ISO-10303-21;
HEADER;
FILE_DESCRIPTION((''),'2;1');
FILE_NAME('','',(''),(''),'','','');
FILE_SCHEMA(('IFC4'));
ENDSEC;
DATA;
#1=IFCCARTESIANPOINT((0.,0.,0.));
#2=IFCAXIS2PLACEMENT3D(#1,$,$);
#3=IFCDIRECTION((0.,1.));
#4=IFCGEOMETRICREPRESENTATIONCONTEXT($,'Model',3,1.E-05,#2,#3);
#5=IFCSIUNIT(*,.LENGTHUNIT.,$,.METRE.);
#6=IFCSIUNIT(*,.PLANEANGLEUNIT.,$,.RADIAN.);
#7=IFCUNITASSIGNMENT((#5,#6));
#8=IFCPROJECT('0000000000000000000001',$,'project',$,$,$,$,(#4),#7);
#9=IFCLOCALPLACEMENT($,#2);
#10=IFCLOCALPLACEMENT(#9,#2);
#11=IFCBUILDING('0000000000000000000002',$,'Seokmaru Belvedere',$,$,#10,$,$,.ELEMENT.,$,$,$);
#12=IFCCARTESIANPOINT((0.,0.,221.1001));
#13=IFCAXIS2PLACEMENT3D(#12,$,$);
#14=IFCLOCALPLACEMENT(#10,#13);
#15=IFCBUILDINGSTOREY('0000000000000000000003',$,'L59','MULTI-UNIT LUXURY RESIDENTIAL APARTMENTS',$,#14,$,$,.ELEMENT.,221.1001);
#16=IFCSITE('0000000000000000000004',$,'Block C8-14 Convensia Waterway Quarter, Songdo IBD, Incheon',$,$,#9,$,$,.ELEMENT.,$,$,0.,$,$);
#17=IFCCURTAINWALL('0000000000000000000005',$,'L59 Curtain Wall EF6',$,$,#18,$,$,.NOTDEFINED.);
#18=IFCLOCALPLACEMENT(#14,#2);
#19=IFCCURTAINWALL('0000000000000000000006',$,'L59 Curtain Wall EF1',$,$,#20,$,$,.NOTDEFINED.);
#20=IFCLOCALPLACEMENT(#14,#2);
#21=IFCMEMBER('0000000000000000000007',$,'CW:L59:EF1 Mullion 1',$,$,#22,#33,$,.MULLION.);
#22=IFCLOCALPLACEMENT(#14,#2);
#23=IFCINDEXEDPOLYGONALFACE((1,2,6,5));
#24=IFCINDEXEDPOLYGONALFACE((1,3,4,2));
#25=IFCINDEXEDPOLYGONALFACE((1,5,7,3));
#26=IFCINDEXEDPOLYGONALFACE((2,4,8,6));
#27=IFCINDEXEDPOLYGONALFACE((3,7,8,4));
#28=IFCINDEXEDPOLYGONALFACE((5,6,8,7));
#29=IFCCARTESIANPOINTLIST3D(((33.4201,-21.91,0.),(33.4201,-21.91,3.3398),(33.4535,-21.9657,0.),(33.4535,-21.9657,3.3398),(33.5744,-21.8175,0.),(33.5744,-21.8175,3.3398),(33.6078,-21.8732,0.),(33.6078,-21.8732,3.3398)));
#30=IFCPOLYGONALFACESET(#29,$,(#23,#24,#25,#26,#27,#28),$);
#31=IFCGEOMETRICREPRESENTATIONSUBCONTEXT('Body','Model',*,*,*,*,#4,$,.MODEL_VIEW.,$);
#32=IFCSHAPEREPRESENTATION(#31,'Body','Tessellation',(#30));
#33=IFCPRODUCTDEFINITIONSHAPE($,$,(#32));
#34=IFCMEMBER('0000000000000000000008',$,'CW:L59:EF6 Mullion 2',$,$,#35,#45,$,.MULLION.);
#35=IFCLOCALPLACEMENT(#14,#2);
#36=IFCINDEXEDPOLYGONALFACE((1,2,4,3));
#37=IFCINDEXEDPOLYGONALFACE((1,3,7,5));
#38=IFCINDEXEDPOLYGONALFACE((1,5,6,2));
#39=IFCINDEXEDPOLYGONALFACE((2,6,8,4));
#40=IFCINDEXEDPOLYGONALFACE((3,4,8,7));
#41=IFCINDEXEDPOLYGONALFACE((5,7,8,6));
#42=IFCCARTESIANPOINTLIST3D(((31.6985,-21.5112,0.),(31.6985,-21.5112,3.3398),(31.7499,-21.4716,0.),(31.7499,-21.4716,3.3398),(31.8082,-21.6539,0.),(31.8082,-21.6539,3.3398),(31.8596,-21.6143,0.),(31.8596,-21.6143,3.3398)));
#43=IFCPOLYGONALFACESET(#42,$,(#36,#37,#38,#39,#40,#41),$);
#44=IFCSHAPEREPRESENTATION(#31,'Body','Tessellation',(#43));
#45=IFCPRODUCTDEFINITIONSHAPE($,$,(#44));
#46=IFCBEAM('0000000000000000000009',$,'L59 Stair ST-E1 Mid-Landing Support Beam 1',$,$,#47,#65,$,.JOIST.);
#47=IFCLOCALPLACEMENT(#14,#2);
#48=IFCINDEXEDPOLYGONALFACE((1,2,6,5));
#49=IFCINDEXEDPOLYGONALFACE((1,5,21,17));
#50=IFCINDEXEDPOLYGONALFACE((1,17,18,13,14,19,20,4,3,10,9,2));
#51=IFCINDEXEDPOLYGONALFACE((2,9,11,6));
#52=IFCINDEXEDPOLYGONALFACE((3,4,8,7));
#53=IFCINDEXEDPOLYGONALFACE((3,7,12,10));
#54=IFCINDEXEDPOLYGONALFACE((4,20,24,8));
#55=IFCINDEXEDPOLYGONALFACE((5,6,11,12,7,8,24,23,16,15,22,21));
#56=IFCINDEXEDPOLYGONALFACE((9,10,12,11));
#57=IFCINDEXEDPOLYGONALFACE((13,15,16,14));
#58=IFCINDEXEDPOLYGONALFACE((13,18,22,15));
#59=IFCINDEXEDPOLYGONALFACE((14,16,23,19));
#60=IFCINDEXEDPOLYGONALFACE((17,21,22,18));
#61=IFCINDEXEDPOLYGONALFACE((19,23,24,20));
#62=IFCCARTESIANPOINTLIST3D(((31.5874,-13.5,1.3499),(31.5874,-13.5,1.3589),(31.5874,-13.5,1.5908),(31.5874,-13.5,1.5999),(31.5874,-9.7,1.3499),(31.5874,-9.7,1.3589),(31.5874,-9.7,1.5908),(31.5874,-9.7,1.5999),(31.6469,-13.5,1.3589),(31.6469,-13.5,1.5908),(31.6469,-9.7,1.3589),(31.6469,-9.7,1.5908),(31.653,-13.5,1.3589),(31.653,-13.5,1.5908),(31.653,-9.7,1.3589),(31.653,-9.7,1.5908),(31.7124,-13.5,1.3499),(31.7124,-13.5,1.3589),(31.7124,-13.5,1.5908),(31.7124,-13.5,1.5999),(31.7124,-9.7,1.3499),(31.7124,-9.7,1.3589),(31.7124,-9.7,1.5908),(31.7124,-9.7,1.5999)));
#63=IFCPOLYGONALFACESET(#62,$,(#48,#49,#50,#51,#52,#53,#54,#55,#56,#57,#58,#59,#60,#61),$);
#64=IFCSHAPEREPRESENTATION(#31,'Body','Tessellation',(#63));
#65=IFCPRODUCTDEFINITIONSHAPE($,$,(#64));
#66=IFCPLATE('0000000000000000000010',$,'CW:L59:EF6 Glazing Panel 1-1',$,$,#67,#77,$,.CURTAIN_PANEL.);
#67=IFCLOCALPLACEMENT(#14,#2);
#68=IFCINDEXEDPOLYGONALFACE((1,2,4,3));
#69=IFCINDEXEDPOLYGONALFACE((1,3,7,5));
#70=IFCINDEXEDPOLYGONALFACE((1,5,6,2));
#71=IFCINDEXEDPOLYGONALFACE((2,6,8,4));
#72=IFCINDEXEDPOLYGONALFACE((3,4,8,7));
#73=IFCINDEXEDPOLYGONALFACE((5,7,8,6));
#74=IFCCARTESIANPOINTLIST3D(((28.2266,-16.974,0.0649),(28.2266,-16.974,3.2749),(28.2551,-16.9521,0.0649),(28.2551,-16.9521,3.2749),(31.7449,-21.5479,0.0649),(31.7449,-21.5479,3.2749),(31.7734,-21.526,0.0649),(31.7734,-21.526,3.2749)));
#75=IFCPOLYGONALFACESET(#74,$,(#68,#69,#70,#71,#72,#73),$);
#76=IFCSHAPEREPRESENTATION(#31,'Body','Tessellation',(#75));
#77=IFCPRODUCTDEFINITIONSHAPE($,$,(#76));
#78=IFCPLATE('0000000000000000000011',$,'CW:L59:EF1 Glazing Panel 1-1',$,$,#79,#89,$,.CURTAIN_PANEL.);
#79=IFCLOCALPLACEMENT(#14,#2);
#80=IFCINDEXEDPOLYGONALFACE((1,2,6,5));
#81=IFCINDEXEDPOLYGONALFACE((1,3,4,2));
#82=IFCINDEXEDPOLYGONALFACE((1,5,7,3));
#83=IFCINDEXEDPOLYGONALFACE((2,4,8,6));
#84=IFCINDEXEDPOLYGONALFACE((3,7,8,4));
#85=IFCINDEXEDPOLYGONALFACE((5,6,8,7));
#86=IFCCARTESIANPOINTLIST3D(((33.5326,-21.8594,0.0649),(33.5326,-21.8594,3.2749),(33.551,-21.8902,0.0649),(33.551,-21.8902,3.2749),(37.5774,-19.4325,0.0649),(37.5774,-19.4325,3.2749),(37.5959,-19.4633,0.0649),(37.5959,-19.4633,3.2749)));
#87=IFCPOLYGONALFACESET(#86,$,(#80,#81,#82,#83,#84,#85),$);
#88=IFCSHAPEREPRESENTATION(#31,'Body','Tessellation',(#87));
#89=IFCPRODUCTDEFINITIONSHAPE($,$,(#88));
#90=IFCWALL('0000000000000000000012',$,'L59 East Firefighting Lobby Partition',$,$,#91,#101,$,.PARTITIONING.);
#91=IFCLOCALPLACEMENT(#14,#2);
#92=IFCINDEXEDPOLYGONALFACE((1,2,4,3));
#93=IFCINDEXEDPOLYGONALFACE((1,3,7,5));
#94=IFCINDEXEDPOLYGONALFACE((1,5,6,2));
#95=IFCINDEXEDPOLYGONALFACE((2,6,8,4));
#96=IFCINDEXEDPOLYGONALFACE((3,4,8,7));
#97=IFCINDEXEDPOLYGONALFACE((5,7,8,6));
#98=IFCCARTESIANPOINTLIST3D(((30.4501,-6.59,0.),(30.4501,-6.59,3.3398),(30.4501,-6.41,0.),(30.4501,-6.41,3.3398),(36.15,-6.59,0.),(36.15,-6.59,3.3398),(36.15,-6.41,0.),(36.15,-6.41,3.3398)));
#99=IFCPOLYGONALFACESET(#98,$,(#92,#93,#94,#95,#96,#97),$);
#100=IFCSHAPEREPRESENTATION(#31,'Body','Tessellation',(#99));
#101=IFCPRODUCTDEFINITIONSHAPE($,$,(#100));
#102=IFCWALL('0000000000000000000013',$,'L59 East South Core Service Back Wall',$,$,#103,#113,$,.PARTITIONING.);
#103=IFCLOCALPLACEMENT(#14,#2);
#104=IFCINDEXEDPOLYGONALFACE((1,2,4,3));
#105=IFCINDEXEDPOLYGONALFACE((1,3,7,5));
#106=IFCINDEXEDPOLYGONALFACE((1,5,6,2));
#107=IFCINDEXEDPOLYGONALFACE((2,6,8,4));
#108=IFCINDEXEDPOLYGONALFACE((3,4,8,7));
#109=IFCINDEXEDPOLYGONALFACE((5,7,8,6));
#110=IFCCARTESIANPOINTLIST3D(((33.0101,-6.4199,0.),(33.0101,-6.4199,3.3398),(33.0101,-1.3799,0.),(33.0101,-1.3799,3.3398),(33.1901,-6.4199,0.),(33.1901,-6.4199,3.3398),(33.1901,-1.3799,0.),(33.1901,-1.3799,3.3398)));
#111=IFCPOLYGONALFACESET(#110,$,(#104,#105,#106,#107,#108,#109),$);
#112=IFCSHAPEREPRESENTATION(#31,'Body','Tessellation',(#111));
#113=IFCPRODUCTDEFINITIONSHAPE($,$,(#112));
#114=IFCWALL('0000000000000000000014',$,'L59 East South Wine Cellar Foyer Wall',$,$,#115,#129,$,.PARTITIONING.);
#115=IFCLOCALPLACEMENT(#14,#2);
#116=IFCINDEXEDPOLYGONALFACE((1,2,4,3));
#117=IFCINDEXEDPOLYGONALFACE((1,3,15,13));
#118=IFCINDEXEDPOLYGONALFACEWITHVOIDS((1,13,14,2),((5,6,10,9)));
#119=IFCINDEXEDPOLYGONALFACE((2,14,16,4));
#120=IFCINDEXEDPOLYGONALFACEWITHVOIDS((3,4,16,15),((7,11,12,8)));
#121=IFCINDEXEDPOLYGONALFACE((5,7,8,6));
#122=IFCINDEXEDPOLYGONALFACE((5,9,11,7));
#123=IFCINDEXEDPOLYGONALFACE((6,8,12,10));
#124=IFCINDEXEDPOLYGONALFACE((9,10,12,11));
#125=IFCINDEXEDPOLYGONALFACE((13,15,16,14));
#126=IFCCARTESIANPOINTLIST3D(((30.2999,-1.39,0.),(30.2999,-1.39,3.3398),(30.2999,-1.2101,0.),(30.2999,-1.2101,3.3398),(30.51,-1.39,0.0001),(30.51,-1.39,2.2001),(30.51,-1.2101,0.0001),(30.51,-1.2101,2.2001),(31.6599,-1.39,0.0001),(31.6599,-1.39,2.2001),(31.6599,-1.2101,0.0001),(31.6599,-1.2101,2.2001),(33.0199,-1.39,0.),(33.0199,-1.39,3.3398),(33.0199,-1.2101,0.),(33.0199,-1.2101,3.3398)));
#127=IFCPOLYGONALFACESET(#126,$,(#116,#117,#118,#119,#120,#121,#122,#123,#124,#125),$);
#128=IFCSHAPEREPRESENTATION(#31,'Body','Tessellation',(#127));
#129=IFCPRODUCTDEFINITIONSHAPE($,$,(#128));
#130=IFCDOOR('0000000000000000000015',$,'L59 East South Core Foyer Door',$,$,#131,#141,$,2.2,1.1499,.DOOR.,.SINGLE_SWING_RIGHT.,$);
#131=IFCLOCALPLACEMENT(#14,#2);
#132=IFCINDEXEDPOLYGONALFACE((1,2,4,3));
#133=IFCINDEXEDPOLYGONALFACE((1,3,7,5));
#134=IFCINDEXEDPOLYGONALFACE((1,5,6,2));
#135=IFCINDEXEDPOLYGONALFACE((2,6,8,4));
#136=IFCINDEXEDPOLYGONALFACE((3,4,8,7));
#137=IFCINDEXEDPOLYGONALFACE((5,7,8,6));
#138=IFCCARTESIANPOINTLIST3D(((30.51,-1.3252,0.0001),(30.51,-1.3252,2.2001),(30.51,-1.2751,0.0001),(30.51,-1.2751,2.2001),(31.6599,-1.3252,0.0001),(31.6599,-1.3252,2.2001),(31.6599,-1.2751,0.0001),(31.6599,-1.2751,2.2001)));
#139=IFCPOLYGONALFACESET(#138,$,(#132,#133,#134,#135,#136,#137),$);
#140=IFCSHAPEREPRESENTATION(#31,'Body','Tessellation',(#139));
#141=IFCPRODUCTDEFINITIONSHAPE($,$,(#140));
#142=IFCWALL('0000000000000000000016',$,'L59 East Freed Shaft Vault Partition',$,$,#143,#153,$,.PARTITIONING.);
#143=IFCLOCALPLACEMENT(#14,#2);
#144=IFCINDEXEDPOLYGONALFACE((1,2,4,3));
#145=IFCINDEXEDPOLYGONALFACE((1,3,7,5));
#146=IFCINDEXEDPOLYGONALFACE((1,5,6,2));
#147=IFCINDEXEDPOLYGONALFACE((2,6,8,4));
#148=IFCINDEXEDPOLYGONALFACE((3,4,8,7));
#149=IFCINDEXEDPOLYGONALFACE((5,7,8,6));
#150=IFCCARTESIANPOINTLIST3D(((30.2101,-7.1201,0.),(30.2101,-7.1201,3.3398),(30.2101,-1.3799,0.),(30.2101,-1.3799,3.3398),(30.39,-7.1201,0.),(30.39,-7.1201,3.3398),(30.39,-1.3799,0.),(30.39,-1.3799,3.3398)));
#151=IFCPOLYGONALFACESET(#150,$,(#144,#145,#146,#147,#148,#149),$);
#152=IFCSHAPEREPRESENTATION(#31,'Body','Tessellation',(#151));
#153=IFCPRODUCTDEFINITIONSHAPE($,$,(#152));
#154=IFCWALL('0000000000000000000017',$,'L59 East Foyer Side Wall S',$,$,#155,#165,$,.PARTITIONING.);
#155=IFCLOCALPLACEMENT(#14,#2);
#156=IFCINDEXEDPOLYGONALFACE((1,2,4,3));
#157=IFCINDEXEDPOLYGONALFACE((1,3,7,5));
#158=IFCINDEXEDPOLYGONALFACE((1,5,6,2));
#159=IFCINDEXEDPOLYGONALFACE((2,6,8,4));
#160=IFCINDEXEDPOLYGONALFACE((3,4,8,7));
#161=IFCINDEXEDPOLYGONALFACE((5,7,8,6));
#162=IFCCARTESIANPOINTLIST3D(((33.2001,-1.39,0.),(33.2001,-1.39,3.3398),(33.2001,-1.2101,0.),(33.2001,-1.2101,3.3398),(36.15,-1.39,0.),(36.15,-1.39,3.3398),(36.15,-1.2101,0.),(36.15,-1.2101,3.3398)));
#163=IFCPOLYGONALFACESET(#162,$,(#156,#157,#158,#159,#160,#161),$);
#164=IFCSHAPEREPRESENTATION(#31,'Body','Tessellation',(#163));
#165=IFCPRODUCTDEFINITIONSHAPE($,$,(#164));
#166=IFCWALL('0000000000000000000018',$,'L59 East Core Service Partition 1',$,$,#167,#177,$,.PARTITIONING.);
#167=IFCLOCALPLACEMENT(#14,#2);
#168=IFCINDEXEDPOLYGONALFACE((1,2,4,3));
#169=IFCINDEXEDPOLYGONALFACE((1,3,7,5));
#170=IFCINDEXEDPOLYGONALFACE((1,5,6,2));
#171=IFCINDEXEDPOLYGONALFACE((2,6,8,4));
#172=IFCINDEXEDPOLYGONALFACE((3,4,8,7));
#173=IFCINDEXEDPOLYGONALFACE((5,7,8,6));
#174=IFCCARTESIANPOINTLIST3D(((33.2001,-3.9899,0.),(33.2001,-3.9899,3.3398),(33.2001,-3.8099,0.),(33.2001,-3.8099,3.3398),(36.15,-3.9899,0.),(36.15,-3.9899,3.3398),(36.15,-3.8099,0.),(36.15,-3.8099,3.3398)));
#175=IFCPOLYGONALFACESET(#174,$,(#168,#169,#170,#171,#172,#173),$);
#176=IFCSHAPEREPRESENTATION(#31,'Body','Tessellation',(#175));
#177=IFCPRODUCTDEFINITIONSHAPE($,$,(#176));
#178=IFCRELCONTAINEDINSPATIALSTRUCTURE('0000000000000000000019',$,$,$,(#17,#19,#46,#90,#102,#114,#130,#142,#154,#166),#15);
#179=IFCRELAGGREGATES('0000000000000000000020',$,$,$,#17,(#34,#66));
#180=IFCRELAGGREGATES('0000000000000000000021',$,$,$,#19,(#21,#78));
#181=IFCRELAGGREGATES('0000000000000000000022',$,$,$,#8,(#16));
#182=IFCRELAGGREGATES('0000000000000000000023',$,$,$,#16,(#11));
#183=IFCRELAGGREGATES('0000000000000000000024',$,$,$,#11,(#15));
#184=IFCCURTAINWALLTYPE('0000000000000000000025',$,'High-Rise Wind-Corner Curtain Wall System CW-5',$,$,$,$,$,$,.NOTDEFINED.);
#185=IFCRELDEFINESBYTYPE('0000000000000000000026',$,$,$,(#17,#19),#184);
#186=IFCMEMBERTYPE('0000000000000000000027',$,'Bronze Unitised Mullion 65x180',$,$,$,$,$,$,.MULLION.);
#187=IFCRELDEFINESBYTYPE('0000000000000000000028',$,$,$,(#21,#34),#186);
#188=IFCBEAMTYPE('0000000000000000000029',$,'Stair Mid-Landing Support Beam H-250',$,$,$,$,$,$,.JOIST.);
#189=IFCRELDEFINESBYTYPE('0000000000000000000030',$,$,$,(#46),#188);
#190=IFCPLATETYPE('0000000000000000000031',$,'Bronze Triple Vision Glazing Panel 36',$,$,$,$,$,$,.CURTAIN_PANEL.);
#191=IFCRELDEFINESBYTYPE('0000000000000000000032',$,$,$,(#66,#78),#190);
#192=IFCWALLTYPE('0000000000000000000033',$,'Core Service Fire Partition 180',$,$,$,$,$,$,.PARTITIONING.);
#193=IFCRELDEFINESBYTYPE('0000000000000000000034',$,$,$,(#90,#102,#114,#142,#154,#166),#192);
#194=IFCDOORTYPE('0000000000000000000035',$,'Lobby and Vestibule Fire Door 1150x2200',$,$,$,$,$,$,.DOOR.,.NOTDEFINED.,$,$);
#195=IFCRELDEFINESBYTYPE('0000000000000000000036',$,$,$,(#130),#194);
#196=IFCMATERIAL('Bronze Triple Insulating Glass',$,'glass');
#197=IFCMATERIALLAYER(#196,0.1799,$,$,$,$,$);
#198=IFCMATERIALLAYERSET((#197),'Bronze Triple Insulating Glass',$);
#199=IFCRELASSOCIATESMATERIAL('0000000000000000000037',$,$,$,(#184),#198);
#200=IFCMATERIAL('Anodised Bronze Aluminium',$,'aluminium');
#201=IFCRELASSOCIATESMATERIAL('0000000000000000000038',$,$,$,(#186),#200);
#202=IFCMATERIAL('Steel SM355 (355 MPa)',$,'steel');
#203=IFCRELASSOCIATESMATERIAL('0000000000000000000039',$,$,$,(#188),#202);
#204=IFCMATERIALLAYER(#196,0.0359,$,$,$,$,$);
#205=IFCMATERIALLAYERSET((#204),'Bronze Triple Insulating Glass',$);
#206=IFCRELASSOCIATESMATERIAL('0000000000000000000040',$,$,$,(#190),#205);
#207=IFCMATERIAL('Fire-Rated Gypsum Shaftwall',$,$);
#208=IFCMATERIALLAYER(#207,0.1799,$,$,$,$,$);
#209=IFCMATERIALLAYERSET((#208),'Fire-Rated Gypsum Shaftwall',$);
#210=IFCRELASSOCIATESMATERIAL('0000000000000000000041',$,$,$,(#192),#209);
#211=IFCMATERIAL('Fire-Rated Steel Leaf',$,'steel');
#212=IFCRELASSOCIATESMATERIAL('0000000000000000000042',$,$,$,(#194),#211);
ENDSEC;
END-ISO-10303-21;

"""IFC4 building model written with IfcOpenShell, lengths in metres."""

from ifc_helpers import new_model, si_unit, direction, frame, frame_2d, origin, origin_2d, place, context, subcontext, project, spatial, rectangle, i_section, extrude, source, transform, mapped, material, layer, layer_set, material_profile, profile_set, type_object, type_shapes, element, fill, aggregate, save


model = new_model("IFC4")

# Units and contexts
model_context = context("Model", 3, precision=1e-05, world=origin(), true_north=direction((0.0, 1.0)))
body_context = subcontext(model_context, "Body", "Model", "MODEL_VIEW")
ifc_project = project(units=[si_unit("LENGTHUNIT", "METRE"), si_unit("PLANEANGLEUNIT", "RADIAN")], contexts=[model_context])

# Site, building, storey
site_placement = place(None, origin())
site = spatial("IfcSite", under=ifc_project, at=site_placement, Name="Block C8-14 Convensia Waterway Quarter, Songdo IBD, Incheon", CompositionType="ELEMENT", RefElevation=0.0)
building_placement = place(site_placement, origin())
building = spatial("IfcBuilding", under=site, at=building_placement, Name="Seokmaru Belvedere", CompositionType="ELEMENT")
storey_placement = place(building_placement, frame((0.0, 0.0, 221.1001)))
storey = spatial("IfcBuildingStorey", under=building, at=storey_placement, Name="L59", Description="MULTI-UNIT LUXURY RESIDENTIAL APARTMENTS", CompositionType="ELEMENT", Elevation=221.1001)

# Shared definitions
ifc_material_1 = material(Name="Steel SM355 (355 MPa)", Category="steel")

# Curtain wall
ifc_material_2 = material(Name="Bronze Triple Insulating Glass", Category="glass")
ifc_layer_1 = layer(ifc_material_2, 0.1799)
ifc_layer_set_1 = layer_set([ifc_layer_1], Name="Bronze Triple Insulating Glass")
curtain_wall_type = type_object("IfcCurtainWallType", Name="High-Rise Wind-Corner Curtain Wall System CW-5", PredefinedType="NOTDEFINED", material=ifc_layer_set_1)
curtain_wall_1_placement = place(storey_placement, origin())
curtain_wall_1 = element("IfcCurtainWall", 1, at=curtain_wall_1_placement, inside=storey, type_object=curtain_wall_type, Name="L59 Curtain Wall EF6", PredefinedType="NOTDEFINED")
ifc_material_3 = material(Name="Anodised Bronze Aluminium", Category="aluminium")

# Curtain wall, member
curtain_wall_2_placement = place(storey_placement, origin())
curtain_wall_2 = element("IfcCurtainWall", 2, at=curtain_wall_2_placement, inside=storey, type_object=curtain_wall_type, Name="L59 Curtain Wall EF1", PredefinedType="NOTDEFINED")
ifc_material_profile_1 = material_profile(ifc_material_3, rectangle(XDim=0.0649, YDim=0.1799, at=origin_2d()), Name="CW-M-65x180")
ifc_profile_set_1 = profile_set([ifc_material_profile_1], Name="Anodised Bronze Aluminium")
member_type_1 = type_object("IfcMemberType", Name="Bronze Unitised Mullion 65x180", PredefinedType="MULLION", material=ifc_profile_set_1)
shared_shape_1 = source(origin(), body_context, "Body", "SweptSolid", [
    extrude(rectangle(XDim=0.0649, YDim=0.1799, at=origin_2d()), origin(), (0.0, 0.0, 1.0), 3.3398),
])
type_shapes(member_type_1, [shared_shape_1])
member_1_placement = place(storey_placement, frame((33.5139, -21.8916, 0.0), z_axis=(0.0, 0.0, 1.0), x_axis=(-0.514495, 0.857493, 0.0)))
member_1 = element("IfcMember", 3, at=member_1_placement, type_object=member_type_1, Name="CW:L59:EF1 Mullion 1", PredefinedType="MULLION", context=body_context, shape_type="MappedRepresentation", body=[
    mapped(shared_shape_1, transform((0.0, 0.0, 0.0), scale=1.0)),
])

# Member
member_2_placement = place(storey_placement, frame((31.7791, -21.5627, 0.0), z_axis=(0.0, 0.0, 1.0), x_axis=(0.792631, 0.609701, 0.0)))
member_2 = element("IfcMember", 4, at=member_2_placement, type_object=member_type_1, Name="CW:L59:EF6 Mullion 2", PredefinedType="MULLION", context=body_context, shape_type="MappedRepresentation", body=[
    mapped(shared_shape_1, transform((0.0, 0.0, 0.0), scale=1.0)),
])

# Beam
ifc_material_profile_2 = material_profile(ifc_material_1, i_section(OverallWidth=0.125, OverallDepth=0.25, WebThickness=0.0061, FlangeThickness=0.009, at=origin_2d()), Name="H-250x125x6x9")
ifc_profile_set_2 = profile_set([ifc_material_profile_2], Name="Steel SM355 (355 MPa)")
beam_type_1 = type_object("IfcBeamType", Name="Stair Mid-Landing Support Beam H-250", PredefinedType="JOIST", material=ifc_profile_set_2)
shared_shape_2 = source(origin(), body_context, "Body", "SweptSolid", [
    extrude(i_section(OverallWidth=0.125, OverallDepth=0.25, WebThickness=0.0061, FlangeThickness=0.009, at=origin_2d()), origin(), (0.0, 0.0, 1.0), 3.8),
])
type_shapes(beam_type_1, [shared_shape_2])
beam_1_placement = place(storey_placement, frame((31.6499, -13.5, 1.4749), z_axis=(0.0, 1.0, 0.0), x_axis=(-1.0, 0.0, 0.0)))
element("IfcBeam", 5, at=beam_1_placement, inside=storey, type_object=beam_type_1, Name="L59 Stair ST-E1 Mid-Landing Support Beam 1", PredefinedType="JOIST", context=body_context, shape_type="MappedRepresentation", body=[
    mapped(shared_shape_2, transform((0.0, 0.0, 0.0), scale=1.0)),
])

# Plates
ifc_layer_2 = layer(ifc_material_2, 0.0359)
ifc_layer_set_2 = layer_set([ifc_layer_2], Name="Bronze Triple Insulating Glass")
plate_type = type_object("IfcPlateType", Name="Bronze Triple Vision Glazing Panel 36", PredefinedType="CURTAIN_PANEL", material=ifc_layer_set_2)
shared_shape_3 = source(origin(), body_context, "Body", "SweptSolid", [
    extrude(rectangle(XDim=5.7705, YDim=0.0359, at=origin_2d()), origin(), (0.0, 0.0, 1.0), 3.21),
])
plate_1_placement = place(storey_placement, frame((30.0, -19.25, 0.0649), z_axis=(0.0, 0.0, 1.0), x_axis=(0.609701, -0.792631, 0.0)))
plate_1 = element("IfcPlate", 6, at=plate_1_placement, type_object=plate_type, Name="CW:L59:EF6 Glazing Panel 1-1", PredefinedType="CURTAIN_PANEL", context=body_context, shape_type="MappedRepresentation", body=[
    mapped(shared_shape_3, transform((0.0, 0.0, 0.0), scale=1.0)),
])
aggregate(curtain_wall_1, [member_2, plate_1])
shared_shape_4 = source(origin(), body_context, "Body", "SweptSolid", [
    extrude(rectangle(XDim=4.717, YDim=0.0359, at=origin_2d()), origin(), (0.0, 0.0, 1.0), 3.21),
])
type_shapes(plate_type, [shared_shape_3, shared_shape_4])
plate_2_placement = place(storey_placement, frame((35.5642, -20.6614, 0.0649), z_axis=(0.0, 0.0, 1.0), x_axis=(0.857493, 0.514495, 0.0)))
plate_2 = element("IfcPlate", 7, at=plate_2_placement, type_object=plate_type, Name="CW:L59:EF1 Glazing Panel 1-1", PredefinedType="CURTAIN_PANEL", context=body_context, shape_type="MappedRepresentation", body=[
    mapped(shared_shape_4, transform((0.0, 0.0, 0.0), scale=1.0)),
])
aggregate(curtain_wall_2, [member_1, plate_2])

# Walls
ifc_material_4 = material(Name="Fire-Rated Gypsum Shaftwall")
ifc_layer_3 = layer(ifc_material_4, 0.1799)
ifc_layer_set_3 = layer_set([ifc_layer_3], Name="Fire-Rated Gypsum Shaftwall")
wall_type_1 = type_object("IfcWallType", Name="Core Service Fire Partition 180", PredefinedType="PARTITIONING", material=ifc_layer_set_3)
wall_1_placement = place(storey_placement, frame((30.45, -6.5, 0.0), z_axis=(0.0, 0.0, 1.0), x_axis=(1.0, 0.0, 0.0)))
element("IfcWall", 8, at=wall_1_placement, inside=storey, type_object=wall_type_1, Name="L59 East Firefighting Lobby Partition", PredefinedType="PARTITIONING", context=body_context, shape_type="SweptSolid", body=[
    extrude(rectangle(XDim=5.7, YDim=0.1799, at=frame_2d((2.8501, 0.0))), origin(), (0.0, 0.0, 1.0), 3.3398),
])
wall_2_placement = place(storey_placement, frame((33.1001, -6.4199, 0.0), z_axis=(0.0, 0.0, 1.0), x_axis=(0.0, 1.0, 0.0)))
element("IfcWall", 9, at=wall_2_placement, inside=storey, type_object=wall_type_1, Name="L59 East South Core Service Back Wall", PredefinedType="PARTITIONING", context=body_context, shape_type="SweptSolid", body=[
    extrude(rectangle(XDim=5.04, YDim=0.1799, at=frame_2d((2.52, 0.0))), origin(), (0.0, 0.0, 1.0), 3.3398),
])

# Wall, opening, door
wall_3_placement = place(storey_placement, frame((30.3, -1.3, 0.0), z_axis=(0.0, 0.0, 1.0), x_axis=(1.0, 0.0, 0.0)))
wall_3 = element("IfcWall", 10, at=wall_3_placement, inside=storey, type_object=wall_type_1, Name="L59 East South Wine Cellar Foyer Wall", PredefinedType="PARTITIONING", context=body_context, shape_type="SweptSolid", body=[
    extrude(rectangle(XDim=2.72, YDim=0.1799, at=frame_2d((1.3599, 0.0))), origin(), (0.0, 0.0, 1.0), 3.3398),
])
opening_1_placement = place(wall_3_placement, frame((0.21, 0.0, 0.0)))
opening_1 = element("IfcOpeningElement", 11, at=opening_1_placement, cuts=wall_3, PredefinedType="OPENING", context=body_context, shape_type="SweptSolid", body=[
    extrude(rectangle(XDim=1.1499, YDim=2.2, at=frame_2d((0.575, 1.1001))), frame((0.0, 0.1001, 0.0), z_axis=(0.0, -1.0, 0.0), x_axis=(1.0, 0.0, 0.0)), (0.0, 0.0, 1.0), 0.2),
])
ifc_material_5 = material(Name="Fire-Rated Steel Leaf", Category="steel")
door_type_1 = type_object("IfcDoorType", Name="Lobby and Vestibule Fire Door 1150x2200", OperationType="NOTDEFINED", PredefinedType="DOOR", material=ifc_material_5)
shared_shape_5 = source(origin(), body_context, "Body", "SweptSolid", [
    extrude(rectangle(XDim=1.1499, YDim=2.2, at=frame_2d((0.575, 1.1001))), frame((0.0, 0.0249, 0.0), z_axis=(0.0, -1.0, 0.0), x_axis=(1.0, 0.0, 0.0)), (0.0, 0.0, 1.0), 0.05),
])
type_shapes(door_type_1, [shared_shape_5])
door_1_placement = place(opening_1_placement, origin())
door_1 = element("IfcDoor", 12, at=door_1_placement, inside=storey, type_object=door_type_1, Name="L59 East South Core Foyer Door", OperationType="SINGLE_SWING_RIGHT", OverallHeight=2.2, OverallWidth=1.1499, PredefinedType="DOOR", context=body_context, shape_type="MappedRepresentation", body=[
    mapped(shared_shape_5, transform((0.0, 0.0, 0.0), scale=1.0)),
])
fill(opening_1, door_1)

# Walls
wall_4_placement = place(storey_placement, frame((30.3, -7.1201, 0.0), z_axis=(0.0, 0.0, 1.0), x_axis=(0.0, 1.0, 0.0)))
element("IfcWall", 13, at=wall_4_placement, inside=storey, type_object=wall_type_1, Name="L59 East Freed Shaft Vault Partition", PredefinedType="PARTITIONING", context=body_context, shape_type="SweptSolid", body=[
    extrude(rectangle(XDim=5.7402, YDim=0.1799, at=frame_2d((2.8701, 0.0))), origin(), (0.0, 0.0, 1.0), 3.3398),
])
for number, where, z_axis, x_axis, name in (
    (14, (33.2, -1.3, 0.0), (0.0, 0.0, 1.0), (1.0, 0.0, 0.0), "L59 East Foyer Side Wall S"),
    (15, (33.2, -3.8999, 0.0), (0.0, 0.0, 1.0), (1.0, 0.0, 0.0), "L59 East Core Service Partition 1"),
):
    element("IfcWall", number, at=place(storey_placement, frame(where, z_axis=z_axis, x_axis=x_axis)), inside=storey, type_object=wall_type_1, Name=name, PredefinedType="PARTITIONING", context=body_context, shape_type="SweptSolid", body=[
        extrude(rectangle(XDim=2.95, YDim=0.1799, at=frame_2d((1.4751, 0.0))), origin(), (0.0, 0.0, 1.0), 3.3398),
    ])

save(model, "model.ifc")
